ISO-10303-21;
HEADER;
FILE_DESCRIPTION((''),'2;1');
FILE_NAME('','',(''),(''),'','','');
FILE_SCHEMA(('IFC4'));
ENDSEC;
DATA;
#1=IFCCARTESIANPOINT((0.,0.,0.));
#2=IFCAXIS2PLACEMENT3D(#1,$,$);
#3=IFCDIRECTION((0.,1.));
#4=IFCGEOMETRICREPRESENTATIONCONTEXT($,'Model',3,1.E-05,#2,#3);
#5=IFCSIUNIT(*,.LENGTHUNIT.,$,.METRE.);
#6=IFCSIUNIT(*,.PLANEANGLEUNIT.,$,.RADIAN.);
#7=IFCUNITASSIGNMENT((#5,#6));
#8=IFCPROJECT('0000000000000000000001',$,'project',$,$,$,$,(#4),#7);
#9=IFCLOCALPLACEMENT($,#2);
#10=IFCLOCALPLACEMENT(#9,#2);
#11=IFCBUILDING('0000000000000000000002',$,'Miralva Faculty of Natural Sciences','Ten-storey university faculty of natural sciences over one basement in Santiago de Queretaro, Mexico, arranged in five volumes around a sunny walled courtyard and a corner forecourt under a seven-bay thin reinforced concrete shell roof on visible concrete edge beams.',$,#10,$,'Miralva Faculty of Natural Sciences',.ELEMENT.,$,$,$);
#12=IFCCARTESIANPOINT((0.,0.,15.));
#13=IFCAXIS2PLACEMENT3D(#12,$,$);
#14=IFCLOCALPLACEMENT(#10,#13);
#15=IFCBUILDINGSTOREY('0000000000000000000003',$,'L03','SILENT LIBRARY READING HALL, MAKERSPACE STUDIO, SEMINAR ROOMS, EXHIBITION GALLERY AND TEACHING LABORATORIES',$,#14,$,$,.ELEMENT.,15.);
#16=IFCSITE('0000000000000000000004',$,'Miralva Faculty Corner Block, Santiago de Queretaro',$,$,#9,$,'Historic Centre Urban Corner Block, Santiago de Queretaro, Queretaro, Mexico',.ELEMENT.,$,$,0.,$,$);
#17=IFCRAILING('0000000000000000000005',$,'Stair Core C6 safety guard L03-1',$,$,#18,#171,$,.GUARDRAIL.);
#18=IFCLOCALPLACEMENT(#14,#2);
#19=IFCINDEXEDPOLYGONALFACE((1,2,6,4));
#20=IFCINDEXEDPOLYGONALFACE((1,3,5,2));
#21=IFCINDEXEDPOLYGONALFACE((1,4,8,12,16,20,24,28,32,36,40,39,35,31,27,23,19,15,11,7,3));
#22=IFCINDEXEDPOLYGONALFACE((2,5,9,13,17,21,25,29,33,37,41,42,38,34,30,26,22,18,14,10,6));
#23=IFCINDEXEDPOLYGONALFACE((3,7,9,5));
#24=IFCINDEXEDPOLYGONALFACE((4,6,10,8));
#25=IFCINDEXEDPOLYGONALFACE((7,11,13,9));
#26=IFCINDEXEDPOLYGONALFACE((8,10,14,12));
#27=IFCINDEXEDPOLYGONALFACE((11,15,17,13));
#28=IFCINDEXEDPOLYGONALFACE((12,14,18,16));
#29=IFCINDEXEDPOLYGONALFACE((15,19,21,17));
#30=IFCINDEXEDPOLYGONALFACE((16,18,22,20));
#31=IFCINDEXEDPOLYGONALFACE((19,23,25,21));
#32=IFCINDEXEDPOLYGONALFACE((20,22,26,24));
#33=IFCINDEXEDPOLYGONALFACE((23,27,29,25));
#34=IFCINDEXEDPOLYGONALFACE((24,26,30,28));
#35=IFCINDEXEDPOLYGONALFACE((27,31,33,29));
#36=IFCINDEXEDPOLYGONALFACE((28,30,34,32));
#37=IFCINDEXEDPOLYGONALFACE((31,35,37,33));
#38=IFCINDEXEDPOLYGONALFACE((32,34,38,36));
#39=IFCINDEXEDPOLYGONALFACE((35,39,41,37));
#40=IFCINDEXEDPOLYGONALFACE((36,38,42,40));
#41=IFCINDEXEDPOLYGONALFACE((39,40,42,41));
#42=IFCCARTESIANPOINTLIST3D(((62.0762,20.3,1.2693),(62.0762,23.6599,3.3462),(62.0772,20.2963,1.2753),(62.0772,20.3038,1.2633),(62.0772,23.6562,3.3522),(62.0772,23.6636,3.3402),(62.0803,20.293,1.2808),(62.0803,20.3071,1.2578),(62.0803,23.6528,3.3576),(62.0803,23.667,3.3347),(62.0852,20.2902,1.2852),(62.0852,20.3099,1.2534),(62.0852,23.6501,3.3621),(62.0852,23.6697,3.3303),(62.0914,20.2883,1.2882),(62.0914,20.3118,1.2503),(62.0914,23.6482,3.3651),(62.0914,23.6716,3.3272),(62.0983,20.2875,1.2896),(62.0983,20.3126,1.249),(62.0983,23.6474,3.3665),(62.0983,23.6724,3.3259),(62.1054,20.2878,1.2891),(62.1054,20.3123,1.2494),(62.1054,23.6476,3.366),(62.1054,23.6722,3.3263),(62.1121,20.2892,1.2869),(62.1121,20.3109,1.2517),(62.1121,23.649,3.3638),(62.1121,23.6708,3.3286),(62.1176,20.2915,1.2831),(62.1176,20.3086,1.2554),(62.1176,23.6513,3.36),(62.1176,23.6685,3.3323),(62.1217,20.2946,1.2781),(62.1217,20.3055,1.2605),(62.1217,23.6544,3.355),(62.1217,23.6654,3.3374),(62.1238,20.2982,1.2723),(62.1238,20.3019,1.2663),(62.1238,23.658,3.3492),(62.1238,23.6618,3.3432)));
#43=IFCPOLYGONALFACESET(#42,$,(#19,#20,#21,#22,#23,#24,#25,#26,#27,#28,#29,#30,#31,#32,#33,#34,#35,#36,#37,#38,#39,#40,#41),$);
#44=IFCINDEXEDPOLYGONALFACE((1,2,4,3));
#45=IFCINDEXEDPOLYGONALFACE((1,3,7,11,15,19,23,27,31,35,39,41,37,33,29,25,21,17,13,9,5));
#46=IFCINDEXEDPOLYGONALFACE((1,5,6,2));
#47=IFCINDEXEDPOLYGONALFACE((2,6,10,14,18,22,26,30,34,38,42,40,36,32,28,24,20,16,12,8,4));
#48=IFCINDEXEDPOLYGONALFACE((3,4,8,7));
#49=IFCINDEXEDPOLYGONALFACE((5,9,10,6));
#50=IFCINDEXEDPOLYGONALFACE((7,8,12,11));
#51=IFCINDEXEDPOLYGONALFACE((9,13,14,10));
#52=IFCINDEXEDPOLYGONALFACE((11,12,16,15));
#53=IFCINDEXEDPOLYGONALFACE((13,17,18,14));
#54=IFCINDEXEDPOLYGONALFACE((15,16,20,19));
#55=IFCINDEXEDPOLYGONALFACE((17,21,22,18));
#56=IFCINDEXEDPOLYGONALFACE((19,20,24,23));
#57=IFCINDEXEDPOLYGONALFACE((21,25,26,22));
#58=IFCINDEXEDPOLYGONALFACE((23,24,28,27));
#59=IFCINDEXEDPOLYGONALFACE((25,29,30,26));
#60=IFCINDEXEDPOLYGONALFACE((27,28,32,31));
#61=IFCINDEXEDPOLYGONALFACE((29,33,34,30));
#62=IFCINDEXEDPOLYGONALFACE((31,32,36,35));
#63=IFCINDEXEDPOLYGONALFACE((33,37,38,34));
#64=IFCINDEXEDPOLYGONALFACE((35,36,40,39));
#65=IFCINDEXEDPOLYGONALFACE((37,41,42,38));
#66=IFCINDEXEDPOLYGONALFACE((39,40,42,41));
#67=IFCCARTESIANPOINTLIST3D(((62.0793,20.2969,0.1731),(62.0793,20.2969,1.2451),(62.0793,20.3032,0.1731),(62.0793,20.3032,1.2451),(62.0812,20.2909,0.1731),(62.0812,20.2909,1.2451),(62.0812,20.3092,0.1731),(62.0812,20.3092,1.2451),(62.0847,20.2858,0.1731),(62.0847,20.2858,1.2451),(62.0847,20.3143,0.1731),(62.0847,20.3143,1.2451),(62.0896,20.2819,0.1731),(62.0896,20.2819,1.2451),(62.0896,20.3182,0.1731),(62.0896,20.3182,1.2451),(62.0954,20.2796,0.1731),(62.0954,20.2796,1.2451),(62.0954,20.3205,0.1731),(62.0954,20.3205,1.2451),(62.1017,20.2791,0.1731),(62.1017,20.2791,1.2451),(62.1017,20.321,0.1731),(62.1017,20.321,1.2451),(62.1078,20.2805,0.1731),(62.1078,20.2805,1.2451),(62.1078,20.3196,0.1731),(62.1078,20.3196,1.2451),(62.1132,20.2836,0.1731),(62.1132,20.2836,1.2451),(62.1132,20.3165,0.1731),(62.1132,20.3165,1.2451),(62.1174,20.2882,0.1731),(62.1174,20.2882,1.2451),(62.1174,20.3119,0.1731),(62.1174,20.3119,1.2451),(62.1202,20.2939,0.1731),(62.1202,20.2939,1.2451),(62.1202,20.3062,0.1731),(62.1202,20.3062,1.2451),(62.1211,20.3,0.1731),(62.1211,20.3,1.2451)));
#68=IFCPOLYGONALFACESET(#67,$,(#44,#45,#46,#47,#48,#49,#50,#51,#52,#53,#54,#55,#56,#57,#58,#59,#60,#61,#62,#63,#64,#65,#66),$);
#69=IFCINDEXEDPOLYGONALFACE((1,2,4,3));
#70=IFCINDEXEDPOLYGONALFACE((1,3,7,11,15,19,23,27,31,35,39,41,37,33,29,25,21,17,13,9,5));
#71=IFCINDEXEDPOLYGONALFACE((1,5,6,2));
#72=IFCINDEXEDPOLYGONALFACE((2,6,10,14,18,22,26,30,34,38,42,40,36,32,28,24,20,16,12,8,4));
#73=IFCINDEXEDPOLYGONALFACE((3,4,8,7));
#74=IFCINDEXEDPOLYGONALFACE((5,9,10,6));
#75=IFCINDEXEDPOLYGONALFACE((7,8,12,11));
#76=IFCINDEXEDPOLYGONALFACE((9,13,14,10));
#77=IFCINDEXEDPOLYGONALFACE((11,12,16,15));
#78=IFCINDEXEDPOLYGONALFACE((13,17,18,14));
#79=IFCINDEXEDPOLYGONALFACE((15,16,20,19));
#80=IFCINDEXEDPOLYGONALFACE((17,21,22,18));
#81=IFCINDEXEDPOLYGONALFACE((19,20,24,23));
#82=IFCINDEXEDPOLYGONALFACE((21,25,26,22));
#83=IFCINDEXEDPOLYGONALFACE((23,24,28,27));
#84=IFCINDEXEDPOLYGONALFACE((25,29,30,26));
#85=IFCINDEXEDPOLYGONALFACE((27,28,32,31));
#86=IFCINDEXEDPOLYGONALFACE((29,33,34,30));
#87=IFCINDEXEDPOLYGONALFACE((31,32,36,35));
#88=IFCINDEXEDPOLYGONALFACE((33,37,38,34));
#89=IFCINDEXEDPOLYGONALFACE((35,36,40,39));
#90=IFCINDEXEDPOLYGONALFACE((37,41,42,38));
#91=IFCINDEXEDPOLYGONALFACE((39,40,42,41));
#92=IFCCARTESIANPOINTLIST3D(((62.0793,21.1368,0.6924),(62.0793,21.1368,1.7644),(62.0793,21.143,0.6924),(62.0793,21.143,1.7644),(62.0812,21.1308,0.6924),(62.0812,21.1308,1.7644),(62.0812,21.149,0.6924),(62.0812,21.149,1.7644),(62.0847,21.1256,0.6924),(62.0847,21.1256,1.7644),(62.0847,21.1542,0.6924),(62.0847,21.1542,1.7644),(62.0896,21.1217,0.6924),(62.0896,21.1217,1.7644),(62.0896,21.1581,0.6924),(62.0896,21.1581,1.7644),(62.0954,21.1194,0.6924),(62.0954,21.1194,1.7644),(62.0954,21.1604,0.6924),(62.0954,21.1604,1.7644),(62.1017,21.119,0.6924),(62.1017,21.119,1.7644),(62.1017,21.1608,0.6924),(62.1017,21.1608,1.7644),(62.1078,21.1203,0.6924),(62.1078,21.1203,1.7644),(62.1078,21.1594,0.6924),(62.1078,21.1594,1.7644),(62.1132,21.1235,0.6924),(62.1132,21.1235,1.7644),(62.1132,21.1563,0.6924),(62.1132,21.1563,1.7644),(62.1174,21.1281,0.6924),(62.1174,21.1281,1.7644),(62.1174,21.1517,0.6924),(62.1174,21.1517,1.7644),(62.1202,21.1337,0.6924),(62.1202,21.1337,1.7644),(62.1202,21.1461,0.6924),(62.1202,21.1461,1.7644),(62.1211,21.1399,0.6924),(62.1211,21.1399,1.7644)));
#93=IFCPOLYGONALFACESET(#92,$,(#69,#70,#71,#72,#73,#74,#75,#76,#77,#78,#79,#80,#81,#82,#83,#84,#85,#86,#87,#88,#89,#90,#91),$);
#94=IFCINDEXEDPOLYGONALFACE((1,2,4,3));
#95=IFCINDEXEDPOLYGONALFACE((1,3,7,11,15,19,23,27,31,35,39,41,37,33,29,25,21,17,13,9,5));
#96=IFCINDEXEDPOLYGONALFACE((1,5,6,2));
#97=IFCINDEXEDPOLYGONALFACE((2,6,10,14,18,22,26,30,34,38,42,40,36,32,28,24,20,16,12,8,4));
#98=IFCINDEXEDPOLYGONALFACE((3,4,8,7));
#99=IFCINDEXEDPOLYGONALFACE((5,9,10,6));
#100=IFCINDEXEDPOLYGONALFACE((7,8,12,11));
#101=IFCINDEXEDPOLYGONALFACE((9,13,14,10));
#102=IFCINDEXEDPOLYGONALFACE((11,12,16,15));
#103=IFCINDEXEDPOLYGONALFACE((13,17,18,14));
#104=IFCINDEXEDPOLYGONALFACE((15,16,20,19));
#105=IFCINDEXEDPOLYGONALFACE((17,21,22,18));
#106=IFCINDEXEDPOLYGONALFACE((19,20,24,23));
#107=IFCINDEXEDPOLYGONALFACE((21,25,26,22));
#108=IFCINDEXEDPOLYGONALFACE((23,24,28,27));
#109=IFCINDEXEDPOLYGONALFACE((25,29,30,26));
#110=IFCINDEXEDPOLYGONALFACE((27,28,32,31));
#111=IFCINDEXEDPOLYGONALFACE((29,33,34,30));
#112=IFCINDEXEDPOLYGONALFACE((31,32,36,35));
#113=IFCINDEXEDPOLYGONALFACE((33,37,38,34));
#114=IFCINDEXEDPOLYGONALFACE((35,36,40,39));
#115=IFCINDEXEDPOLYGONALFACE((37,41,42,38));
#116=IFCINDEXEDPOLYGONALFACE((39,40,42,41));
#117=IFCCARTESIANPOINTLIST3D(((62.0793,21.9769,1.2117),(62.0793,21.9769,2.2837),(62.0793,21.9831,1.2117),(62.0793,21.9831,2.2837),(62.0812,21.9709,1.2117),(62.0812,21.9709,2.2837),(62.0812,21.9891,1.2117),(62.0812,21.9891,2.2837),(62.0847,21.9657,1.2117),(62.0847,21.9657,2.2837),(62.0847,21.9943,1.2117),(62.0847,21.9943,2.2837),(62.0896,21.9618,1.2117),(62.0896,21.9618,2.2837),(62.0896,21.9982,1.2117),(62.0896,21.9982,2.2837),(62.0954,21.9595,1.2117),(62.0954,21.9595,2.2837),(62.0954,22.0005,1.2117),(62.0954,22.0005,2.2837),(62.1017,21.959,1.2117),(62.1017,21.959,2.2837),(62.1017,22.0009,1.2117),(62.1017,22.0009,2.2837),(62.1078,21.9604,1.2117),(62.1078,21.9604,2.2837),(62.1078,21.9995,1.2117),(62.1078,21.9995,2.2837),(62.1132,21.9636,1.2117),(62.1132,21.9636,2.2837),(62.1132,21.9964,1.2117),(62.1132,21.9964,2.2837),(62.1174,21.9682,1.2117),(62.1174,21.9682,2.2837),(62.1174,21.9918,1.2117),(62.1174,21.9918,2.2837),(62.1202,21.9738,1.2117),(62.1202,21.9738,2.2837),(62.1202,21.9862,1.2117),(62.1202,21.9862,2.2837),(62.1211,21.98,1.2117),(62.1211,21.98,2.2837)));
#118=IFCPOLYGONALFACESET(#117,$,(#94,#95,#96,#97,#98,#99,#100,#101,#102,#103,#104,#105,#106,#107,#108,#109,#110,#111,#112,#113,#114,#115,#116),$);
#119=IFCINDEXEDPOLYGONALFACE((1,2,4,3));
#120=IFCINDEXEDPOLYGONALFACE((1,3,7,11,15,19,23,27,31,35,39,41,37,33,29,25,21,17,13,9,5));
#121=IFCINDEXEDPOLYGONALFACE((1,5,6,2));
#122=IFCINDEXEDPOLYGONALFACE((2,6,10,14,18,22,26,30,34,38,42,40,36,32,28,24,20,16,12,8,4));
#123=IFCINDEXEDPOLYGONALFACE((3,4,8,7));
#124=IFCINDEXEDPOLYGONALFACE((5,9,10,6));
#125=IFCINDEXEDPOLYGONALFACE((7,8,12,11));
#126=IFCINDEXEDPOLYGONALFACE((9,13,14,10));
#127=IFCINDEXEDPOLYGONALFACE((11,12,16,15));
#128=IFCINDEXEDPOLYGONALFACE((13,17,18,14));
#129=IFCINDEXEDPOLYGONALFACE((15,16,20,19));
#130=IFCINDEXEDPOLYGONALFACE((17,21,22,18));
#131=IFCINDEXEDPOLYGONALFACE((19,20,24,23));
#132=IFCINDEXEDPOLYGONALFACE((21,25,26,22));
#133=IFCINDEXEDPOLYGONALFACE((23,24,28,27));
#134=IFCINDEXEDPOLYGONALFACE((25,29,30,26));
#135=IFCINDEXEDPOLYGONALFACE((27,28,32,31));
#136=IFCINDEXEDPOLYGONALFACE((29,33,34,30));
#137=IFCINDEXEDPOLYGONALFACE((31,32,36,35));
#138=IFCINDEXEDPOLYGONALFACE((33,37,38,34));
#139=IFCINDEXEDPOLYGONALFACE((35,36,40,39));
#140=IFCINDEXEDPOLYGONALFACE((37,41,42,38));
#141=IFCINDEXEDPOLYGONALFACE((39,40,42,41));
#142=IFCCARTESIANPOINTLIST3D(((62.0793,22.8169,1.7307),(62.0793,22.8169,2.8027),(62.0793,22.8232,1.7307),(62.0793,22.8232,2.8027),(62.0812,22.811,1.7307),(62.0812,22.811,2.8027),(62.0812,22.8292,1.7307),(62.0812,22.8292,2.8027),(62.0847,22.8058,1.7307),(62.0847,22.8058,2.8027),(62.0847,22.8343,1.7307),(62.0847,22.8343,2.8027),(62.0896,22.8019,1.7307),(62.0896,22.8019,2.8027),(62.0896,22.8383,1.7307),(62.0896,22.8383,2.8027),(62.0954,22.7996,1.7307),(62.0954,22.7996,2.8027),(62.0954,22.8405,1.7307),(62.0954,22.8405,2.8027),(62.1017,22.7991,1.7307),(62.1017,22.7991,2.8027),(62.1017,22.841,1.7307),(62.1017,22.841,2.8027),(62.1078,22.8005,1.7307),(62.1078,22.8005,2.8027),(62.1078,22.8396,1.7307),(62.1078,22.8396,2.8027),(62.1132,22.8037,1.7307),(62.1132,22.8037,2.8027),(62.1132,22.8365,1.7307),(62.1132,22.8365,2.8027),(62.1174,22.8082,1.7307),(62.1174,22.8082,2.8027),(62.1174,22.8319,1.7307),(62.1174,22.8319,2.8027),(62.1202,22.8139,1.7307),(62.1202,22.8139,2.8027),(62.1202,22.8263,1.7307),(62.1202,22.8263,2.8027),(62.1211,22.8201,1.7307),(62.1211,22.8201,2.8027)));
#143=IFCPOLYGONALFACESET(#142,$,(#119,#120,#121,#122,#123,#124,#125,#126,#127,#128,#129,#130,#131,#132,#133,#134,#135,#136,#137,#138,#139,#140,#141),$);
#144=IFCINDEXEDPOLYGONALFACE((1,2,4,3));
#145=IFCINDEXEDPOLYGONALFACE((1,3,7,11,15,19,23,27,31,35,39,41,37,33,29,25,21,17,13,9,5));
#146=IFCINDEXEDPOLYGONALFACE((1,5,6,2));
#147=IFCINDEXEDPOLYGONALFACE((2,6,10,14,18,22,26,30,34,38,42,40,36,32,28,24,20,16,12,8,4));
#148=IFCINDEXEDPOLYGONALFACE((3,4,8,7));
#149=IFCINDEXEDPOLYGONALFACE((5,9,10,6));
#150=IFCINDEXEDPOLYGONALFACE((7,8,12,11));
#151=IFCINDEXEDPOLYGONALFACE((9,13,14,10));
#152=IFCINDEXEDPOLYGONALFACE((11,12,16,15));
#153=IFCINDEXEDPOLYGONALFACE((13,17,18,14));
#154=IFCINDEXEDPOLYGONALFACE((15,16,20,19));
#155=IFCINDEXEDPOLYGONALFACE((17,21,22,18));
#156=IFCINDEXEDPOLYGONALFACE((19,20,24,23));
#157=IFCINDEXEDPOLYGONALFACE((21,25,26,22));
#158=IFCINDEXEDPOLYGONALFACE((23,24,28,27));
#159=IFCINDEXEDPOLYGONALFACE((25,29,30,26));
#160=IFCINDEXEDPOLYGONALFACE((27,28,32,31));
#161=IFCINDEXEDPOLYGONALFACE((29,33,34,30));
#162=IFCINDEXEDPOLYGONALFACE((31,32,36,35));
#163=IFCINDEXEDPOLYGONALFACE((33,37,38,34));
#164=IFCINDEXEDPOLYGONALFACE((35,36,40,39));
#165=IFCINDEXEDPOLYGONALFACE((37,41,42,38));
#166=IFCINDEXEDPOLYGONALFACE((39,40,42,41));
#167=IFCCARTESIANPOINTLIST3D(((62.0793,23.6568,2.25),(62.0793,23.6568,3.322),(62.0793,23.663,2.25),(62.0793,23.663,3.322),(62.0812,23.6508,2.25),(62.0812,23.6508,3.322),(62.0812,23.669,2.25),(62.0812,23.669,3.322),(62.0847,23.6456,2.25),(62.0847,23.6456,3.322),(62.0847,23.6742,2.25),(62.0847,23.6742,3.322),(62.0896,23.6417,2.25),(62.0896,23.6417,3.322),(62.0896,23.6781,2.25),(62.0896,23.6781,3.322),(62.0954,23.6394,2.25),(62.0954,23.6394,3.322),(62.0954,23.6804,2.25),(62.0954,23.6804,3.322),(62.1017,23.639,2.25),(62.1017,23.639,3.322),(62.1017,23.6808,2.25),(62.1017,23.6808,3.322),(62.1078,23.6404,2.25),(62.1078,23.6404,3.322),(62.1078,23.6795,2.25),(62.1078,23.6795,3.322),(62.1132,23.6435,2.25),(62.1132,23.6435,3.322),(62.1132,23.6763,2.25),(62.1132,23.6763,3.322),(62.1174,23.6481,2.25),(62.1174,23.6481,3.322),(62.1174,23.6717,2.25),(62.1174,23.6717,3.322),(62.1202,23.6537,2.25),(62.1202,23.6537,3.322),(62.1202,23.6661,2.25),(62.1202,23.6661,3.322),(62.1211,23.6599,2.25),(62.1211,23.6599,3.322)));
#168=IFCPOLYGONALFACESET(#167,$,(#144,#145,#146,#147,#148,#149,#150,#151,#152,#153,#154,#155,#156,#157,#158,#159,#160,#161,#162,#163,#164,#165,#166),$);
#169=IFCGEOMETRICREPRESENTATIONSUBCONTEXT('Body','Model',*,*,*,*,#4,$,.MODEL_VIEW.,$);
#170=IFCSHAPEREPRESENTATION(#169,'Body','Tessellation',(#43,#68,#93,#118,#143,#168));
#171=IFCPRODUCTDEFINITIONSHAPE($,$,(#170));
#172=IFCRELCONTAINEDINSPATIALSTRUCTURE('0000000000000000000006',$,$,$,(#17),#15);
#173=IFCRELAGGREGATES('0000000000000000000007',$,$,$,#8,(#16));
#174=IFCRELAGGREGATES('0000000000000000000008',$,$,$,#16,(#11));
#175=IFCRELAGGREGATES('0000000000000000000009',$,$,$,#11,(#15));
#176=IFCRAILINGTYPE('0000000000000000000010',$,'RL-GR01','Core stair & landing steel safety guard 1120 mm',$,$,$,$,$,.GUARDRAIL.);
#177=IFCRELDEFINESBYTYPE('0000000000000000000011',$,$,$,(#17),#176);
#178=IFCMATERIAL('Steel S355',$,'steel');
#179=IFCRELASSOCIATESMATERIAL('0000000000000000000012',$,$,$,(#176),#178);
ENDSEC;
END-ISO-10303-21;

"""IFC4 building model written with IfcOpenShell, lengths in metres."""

from ifc_helpers import new_model, si_unit, direction, frame, origin, origin_2d, place, context, subcontext, project, spatial, circle, extrude, material, type_object, element, save


model = new_model("IFC4")

# Units and contexts
model_context = context("Model", 3, precision=1e-05, world=origin(), true_north=direction((0.0, 1.0)))
body_context = subcontext(model_context, "Body", "Model", "MODEL_VIEW")
ifc_project = project(units=[si_unit("LENGTHUNIT", "METRE"), si_unit("PLANEANGLEUNIT", "RADIAN")], contexts=[model_context])

# Site, building, storey
site_placement = place(None, origin())
site = spatial("IfcSite", under=ifc_project, at=site_placement, Name="Miralva Faculty Corner Block, Santiago de Queretaro", LongName="Historic Centre Urban Corner Block, Santiago de Queretaro, Queretaro, Mexico", CompositionType="ELEMENT", RefElevation=0.0)
building_placement = place(site_placement, origin())
building = spatial("IfcBuilding", under=site, at=building_placement, Name="Miralva Faculty of Natural Sciences", Description="Ten-storey university faculty of natural sciences over one basement in Santiago de Queretaro, Mexico, arranged in five volumes around a sunny walled courtyard and a corner forecourt under a seven-bay thin reinforced concrete shell roof on visible concrete edge beams.", LongName="Miralva Faculty of Natural Sciences", CompositionType="ELEMENT")
storey_placement = place(building_placement, frame((0.0, 0.0, 15.0)))
storey = spatial("IfcBuildingStorey", under=building, at=storey_placement, Name="L03", Description="SILENT LIBRARY READING HALL, MAKERSPACE STUDIO, SEMINAR ROOMS, EXHIBITION GALLERY AND TEACHING LABORATORIES", CompositionType="ELEMENT", Elevation=15.0)

# Railing
ifc_material_1 = material(Name="Steel S355", Category="steel")
railing_type_1 = type_object("IfcRailingType", Name="RL-GR01", Description="Core stair & landing steel safety guard 1120 mm", PredefinedType="GUARDRAIL", material=ifc_material_1)
railing_1_placement = place(storey_placement, frame((62.1001, 20.3, 0.1731)))
element("IfcRailing", 1, at=railing_1_placement, inside=storey, type_object=railing_type_1, Name="Stair Core C6 safety guard L03-1", PredefinedType="GUARDRAIL", context=body_context, shape_type="SweptSolid", body=[
    extrude(circle(Radius=0.0239, at=origin_2d()), frame((0.0, 0.0, 1.0962), z_axis=(0.0, 0.850606, 0.525803), x_axis=(-1.0, 0.0, 0.0)), (0.0, 0.0, 1.0), 3.95),
    extrude(circle(Radius=0.021, at=origin_2d()), origin(), (0.0, 0.0, 1.0), 1.072),
    extrude(circle(Radius=0.021, at=origin_2d()), frame((0.0, 0.8398, 0.5193)), (0.0, 0.0, 1.0), 1.072),
    extrude(circle(Radius=0.021, at=origin_2d()), frame((0.0, 1.6799, 1.0386)), (0.0, 0.0, 1.0), 1.072),
    extrude(circle(Radius=0.021, at=origin_2d()), frame((0.0, 2.52, 1.5576)), (0.0, 0.0, 1.0), 1.072),
    extrude(circle(Radius=0.021, at=origin_2d()), frame((0.0, 3.3599, 2.0769)), (0.0, 0.0, 1.0), 1.072),
])

save(model, "model.ifc")
